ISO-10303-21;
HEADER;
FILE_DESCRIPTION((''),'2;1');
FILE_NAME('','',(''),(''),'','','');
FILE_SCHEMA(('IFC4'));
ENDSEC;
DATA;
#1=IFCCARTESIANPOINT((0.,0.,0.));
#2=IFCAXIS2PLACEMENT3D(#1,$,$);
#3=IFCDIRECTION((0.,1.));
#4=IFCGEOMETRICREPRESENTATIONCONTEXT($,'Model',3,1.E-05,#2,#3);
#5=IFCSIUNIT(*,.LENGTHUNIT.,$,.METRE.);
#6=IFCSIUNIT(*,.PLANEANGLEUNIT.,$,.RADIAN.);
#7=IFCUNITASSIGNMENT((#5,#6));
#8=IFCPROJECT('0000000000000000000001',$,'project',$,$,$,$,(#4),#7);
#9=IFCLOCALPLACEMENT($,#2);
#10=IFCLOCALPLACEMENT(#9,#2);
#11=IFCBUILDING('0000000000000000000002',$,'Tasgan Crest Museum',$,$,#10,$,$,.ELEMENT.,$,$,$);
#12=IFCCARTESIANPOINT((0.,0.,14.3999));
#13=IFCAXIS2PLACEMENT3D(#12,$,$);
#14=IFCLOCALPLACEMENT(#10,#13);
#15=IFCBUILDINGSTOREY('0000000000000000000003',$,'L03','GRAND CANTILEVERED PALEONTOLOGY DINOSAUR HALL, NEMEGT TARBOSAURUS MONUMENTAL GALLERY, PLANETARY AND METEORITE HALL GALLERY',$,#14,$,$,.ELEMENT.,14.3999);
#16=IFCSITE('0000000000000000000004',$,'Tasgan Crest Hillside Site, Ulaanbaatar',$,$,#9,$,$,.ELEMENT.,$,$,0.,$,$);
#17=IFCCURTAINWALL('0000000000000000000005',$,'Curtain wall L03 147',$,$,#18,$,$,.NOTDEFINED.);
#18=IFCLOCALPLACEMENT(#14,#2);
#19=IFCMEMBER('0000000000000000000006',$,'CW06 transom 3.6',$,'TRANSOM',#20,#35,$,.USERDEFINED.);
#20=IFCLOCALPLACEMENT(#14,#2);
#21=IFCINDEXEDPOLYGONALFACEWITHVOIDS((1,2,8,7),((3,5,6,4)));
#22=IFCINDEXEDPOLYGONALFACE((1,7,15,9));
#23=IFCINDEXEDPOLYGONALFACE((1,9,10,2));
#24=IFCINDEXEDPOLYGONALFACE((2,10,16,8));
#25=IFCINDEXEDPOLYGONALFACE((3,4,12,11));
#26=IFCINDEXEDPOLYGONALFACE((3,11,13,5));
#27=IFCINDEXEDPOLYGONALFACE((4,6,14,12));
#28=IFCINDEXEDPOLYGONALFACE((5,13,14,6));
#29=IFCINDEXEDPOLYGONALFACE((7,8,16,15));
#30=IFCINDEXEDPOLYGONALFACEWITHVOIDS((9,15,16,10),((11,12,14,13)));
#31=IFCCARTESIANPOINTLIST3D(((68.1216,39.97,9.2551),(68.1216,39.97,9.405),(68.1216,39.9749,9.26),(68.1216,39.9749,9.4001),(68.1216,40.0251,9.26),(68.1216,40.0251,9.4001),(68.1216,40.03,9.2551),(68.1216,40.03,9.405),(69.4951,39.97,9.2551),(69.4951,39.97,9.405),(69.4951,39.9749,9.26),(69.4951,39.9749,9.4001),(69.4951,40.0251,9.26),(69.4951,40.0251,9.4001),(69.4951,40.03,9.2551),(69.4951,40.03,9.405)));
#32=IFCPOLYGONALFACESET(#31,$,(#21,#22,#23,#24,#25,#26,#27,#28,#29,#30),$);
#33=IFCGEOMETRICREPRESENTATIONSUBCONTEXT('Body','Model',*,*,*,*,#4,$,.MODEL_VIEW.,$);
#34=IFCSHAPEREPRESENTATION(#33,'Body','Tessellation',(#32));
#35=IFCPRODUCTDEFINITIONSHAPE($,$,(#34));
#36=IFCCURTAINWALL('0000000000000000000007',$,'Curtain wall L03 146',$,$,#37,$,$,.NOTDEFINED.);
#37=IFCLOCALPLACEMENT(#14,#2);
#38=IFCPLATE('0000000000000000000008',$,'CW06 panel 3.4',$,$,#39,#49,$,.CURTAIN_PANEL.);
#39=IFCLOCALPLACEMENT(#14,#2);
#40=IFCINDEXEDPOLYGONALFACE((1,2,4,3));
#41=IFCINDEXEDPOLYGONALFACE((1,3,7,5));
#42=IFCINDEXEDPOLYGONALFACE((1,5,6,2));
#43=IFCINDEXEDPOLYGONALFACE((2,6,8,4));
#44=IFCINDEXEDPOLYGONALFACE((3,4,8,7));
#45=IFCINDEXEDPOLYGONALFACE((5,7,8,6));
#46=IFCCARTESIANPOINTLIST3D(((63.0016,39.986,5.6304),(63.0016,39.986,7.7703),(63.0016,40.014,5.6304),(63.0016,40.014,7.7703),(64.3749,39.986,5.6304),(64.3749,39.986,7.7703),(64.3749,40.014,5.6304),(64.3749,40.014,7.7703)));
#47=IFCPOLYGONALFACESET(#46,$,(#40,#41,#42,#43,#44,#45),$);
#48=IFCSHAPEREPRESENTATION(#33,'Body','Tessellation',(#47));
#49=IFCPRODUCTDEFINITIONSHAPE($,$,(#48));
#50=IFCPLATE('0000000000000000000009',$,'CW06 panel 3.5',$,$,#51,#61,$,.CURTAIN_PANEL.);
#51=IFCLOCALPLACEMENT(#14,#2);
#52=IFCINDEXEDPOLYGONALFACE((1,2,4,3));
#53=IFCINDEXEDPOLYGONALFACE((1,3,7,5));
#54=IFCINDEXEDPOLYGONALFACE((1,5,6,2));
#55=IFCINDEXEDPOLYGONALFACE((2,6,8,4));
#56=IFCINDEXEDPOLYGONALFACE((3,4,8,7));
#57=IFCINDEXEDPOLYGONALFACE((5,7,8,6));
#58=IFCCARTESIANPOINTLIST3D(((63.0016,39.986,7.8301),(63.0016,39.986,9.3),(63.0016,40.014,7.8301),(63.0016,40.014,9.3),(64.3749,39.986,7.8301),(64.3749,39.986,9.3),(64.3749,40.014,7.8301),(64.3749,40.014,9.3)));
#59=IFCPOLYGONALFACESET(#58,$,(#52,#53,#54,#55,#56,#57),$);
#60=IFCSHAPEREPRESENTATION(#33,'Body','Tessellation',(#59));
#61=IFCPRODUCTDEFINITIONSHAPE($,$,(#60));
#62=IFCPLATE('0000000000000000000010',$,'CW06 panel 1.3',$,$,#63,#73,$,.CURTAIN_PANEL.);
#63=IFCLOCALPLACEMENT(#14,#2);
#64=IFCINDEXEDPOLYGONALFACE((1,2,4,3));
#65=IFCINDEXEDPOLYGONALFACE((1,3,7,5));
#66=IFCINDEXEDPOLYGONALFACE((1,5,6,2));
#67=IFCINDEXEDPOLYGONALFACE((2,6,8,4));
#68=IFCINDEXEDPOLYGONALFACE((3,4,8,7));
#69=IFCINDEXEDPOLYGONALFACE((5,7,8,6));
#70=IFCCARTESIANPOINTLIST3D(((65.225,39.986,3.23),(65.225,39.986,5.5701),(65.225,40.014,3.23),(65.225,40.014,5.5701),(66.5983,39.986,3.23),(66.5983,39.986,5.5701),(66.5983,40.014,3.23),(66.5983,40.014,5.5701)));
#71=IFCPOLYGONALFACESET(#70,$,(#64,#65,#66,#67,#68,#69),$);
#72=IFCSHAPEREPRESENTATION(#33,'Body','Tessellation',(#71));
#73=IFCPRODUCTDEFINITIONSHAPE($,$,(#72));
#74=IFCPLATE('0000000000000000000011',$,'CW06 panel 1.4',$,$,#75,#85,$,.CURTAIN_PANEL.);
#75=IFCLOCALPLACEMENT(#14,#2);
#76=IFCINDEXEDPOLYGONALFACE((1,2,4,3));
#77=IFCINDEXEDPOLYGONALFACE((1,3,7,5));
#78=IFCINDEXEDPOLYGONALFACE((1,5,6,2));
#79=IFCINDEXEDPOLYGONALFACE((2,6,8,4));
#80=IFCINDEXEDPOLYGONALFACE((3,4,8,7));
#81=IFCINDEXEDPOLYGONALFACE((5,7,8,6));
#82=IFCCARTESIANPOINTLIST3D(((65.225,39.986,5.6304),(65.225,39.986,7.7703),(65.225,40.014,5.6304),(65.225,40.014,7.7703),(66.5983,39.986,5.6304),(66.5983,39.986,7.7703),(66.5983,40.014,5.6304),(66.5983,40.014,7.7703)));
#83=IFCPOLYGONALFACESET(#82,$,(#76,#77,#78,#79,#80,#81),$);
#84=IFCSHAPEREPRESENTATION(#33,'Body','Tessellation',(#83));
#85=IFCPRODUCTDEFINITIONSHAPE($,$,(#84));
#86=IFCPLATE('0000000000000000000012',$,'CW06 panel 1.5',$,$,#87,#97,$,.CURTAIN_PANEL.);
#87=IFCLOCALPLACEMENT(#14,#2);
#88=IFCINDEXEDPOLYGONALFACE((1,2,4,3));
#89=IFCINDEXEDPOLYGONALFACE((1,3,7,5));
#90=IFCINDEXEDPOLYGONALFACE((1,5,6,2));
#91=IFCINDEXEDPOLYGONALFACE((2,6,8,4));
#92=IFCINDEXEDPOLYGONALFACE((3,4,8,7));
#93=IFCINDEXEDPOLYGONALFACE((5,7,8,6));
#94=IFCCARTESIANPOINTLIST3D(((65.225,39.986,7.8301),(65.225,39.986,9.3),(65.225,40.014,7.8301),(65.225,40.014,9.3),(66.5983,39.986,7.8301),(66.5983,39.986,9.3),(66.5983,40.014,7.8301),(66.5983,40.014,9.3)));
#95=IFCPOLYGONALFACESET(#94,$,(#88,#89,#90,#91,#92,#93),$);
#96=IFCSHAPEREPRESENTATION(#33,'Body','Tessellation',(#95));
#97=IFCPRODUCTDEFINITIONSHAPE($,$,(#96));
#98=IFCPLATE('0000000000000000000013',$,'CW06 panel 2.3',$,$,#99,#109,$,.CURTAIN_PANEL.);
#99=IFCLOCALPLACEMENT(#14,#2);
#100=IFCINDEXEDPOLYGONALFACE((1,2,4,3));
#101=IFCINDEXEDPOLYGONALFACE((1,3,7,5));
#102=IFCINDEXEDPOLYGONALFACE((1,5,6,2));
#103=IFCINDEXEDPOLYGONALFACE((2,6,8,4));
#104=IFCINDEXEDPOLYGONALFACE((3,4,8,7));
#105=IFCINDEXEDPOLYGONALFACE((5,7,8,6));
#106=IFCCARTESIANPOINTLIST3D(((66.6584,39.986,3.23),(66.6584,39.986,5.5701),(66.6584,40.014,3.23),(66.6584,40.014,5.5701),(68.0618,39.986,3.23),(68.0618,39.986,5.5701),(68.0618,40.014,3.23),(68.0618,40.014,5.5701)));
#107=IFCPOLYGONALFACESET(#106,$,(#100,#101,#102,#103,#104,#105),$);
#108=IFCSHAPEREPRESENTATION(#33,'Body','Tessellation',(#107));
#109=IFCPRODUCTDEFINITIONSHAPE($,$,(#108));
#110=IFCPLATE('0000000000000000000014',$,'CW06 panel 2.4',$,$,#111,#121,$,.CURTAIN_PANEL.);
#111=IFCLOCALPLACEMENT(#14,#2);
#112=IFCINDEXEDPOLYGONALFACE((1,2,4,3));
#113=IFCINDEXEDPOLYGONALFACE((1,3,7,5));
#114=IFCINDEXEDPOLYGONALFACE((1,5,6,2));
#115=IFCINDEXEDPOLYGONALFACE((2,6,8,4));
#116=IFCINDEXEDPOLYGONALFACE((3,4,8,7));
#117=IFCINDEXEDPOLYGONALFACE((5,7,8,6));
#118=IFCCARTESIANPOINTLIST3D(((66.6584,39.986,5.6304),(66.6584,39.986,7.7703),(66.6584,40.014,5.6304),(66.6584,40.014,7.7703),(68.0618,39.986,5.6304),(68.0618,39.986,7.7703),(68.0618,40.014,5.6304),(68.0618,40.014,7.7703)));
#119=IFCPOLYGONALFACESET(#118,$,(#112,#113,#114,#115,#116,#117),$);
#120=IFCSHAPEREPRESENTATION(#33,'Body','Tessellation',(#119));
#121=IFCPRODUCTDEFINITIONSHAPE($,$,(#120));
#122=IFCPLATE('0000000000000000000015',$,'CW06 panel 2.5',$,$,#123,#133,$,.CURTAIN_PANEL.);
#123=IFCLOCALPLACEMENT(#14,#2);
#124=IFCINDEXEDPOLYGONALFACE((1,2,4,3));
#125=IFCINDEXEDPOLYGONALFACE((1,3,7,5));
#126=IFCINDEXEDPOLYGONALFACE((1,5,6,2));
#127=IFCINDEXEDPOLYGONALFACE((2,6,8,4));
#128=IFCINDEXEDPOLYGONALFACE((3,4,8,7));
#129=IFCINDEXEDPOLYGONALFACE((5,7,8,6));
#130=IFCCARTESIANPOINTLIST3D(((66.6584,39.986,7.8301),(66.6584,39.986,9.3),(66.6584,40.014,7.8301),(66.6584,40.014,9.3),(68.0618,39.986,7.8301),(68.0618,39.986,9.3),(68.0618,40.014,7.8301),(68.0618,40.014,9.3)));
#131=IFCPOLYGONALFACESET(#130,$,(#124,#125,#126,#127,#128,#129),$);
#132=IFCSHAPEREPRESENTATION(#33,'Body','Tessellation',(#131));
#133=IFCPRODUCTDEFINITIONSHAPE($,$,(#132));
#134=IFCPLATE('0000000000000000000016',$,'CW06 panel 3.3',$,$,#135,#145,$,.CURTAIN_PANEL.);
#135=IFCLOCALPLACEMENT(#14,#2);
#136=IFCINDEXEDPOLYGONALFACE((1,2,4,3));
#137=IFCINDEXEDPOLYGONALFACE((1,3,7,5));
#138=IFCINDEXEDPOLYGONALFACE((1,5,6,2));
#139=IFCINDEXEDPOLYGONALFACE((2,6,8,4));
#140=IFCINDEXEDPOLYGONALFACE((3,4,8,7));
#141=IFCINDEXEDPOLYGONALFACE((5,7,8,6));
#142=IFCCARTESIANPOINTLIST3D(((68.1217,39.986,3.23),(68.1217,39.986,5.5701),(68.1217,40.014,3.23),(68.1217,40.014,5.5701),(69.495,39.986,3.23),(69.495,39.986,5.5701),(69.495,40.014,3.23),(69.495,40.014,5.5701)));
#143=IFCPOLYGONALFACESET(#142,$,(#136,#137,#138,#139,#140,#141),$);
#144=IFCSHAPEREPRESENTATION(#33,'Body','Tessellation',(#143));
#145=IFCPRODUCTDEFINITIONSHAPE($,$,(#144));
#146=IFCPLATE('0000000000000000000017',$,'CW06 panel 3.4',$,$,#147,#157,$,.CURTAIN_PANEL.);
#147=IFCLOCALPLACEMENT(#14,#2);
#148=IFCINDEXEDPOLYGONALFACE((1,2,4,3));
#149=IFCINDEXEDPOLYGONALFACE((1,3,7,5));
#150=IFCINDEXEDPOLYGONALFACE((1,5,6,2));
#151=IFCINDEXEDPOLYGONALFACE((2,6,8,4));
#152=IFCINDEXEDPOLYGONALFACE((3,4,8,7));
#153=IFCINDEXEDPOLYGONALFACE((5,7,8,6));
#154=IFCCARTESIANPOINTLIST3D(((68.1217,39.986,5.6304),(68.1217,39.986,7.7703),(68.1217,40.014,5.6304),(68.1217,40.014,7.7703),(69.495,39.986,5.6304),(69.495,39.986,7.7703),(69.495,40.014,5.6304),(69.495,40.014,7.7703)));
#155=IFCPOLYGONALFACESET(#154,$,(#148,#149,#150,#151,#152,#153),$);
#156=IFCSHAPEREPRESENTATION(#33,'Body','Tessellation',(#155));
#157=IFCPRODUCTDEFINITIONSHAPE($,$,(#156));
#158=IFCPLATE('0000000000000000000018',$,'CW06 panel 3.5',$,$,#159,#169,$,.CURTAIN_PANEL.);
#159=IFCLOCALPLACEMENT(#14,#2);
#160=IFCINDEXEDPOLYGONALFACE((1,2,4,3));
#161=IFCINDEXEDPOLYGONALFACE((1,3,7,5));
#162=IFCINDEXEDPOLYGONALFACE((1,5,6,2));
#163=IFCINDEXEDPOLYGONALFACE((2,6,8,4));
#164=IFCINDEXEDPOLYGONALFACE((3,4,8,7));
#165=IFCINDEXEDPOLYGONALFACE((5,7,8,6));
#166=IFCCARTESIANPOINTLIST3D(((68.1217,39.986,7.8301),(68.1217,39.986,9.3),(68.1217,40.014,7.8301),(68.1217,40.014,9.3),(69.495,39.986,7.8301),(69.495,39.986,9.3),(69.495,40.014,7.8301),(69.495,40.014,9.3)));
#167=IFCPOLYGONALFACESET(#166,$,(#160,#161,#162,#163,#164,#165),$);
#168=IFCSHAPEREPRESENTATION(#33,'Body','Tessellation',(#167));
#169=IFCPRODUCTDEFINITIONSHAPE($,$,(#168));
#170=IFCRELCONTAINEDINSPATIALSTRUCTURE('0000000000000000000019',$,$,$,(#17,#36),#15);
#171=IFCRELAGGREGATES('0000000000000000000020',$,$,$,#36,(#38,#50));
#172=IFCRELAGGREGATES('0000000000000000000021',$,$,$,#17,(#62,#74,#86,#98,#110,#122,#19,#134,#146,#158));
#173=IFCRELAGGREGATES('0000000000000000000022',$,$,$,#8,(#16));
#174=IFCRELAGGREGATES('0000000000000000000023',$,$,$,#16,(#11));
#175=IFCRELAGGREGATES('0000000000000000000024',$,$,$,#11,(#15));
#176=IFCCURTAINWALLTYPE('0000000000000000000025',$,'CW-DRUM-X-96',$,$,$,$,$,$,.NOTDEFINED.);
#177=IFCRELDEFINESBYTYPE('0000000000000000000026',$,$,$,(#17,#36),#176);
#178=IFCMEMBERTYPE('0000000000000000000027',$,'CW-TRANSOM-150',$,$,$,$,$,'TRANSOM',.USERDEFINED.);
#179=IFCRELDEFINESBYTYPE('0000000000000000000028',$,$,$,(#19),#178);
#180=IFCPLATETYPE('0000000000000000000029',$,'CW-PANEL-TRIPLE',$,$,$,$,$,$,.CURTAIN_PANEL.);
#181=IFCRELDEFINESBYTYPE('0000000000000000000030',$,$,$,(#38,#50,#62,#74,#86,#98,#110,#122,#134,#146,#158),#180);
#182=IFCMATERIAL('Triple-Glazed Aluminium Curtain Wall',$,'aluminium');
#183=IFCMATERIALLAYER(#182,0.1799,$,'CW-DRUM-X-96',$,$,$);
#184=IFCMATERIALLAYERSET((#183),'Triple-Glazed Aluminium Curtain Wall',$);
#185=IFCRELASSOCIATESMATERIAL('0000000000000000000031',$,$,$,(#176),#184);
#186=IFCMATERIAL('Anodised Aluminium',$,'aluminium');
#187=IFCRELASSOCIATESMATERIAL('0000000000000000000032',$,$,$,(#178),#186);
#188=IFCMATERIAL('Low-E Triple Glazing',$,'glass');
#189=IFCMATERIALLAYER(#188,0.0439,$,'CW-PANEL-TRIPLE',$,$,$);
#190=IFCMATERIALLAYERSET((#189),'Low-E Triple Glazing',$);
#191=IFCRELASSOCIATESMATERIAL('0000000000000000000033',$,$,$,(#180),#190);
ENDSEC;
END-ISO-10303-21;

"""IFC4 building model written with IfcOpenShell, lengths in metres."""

from ifc_helpers import new_model, si_unit, direction, frame, origin, origin_2d, place, context, subcontext, project, spatial, rectangle, hollow_rectangle, extrude, material, layer, layer_set, material_profile, profile_set, type_object, element, aggregate, save


model = new_model("IFC4")

# Units and contexts
model_context = context("Model", 3, precision=1e-05, world=origin(), true_north=direction((0.0, 1.0)))
body_context = subcontext(model_context, "Body", "Model", "MODEL_VIEW")
ifc_project = project(units=[si_unit("LENGTHUNIT", "METRE"), si_unit("PLANEANGLEUNIT", "RADIAN")], contexts=[model_context])

# Site, building, storey
site_placement = place(None, origin())
site = spatial("IfcSite", under=ifc_project, at=site_placement, Name="Tasgan Crest Hillside Site, Ulaanbaatar", CompositionType="ELEMENT", RefElevation=0.0)
building_placement = place(site_placement, origin())
building = spatial("IfcBuilding", under=site, at=building_placement, Name="Tasgan Crest Museum", CompositionType="ELEMENT")
storey_placement = place(building_placement, frame((0.0, 0.0, 14.3999)))
storey = spatial("IfcBuildingStorey", under=building, at=storey_placement, Name="L03", Description="GRAND CANTILEVERED PALEONTOLOGY DINOSAUR HALL, NEMEGT TARBOSAURUS MONUMENTAL GALLERY, PLANETARY AND METEORITE HALL GALLERY", CompositionType="ELEMENT", Elevation=14.3999)

# Curtain wall, member
ifc_material_1 = material(Name="Triple-Glazed Aluminium Curtain Wall", Category="aluminium")
ifc_layer_1 = layer(ifc_material_1, 0.1799, Name="CW-DRUM-X-96")
ifc_layer_set_1 = layer_set([ifc_layer_1], Name="Triple-Glazed Aluminium Curtain Wall")
curtain_wall_type = type_object("IfcCurtainWallType", Name="CW-DRUM-X-96", PredefinedType="NOTDEFINED", material=ifc_layer_set_1)
curtain_wall_1_placement = place(storey_placement, origin())
curtain_wall_1 = element("IfcCurtainWall", 1, at=curtain_wall_1_placement, inside=storey, type_object=curtain_wall_type, Name="Curtain wall L03 147", PredefinedType="NOTDEFINED")
ifc_material_2 = material(Name="Anodised Aluminium", Category="aluminium")
ifc_material_profile = material_profile(ifc_material_2, hollow_rectangle(XDim=0.0601, YDim=0.1499, WallThickness=0.0049, at=origin_2d()), Name="ALU TRANSOM 150x60x5")
ifc_profile_set = profile_set([ifc_material_profile], Name="Anodised Aluminium")
member_type = type_object("IfcMemberType", Name="CW-TRANSOM-150", ElementType="TRANSOM", PredefinedType="USERDEFINED", material=ifc_profile_set)
member_1_placement = place(storey_placement, frame((68.1216, 40.0, 9.3301), z_axis=(1.0, 0.0, 0.0), x_axis=(0.0, 1.0, 0.0)))
member_1 = element("IfcMember", 2, at=member_1_placement, type_object=member_type, Name="CW06 transom 3.6", ObjectType="TRANSOM", PredefinedType="USERDEFINED", context=body_context, shape_type="SweptSolid", body=[
    extrude(hollow_rectangle(XDim=0.0601, YDim=0.1499, WallThickness=0.0049, at=origin_2d()), origin(), (0.0, 0.0, 1.0), 1.3735),
])

# Curtain wall, plates
curtain_wall_2_placement = place(storey_placement, origin())
curtain_wall_2 = element("IfcCurtainWall", 3, at=curtain_wall_2_placement, inside=storey, type_object=curtain_wall_type, Name="Curtain wall L03 146", PredefinedType="NOTDEFINED")
ifc_material_3 = material(Name="Low-E Triple Glazing", Category="glass")
ifc_layer_2 = layer(ifc_material_3, 0.0439, Name="CW-PANEL-TRIPLE")
ifc_layer_set_2 = layer_set([ifc_layer_2], Name="Low-E Triple Glazing")
plate_type = type_object("IfcPlateType", Name="CW-PANEL-TRIPLE", PredefinedType="CURTAIN_PANEL", material=ifc_layer_set_2)
plate_1_placement = place(storey_placement, frame((63.6882, 40.0, 5.6304), z_axis=(0.0, 0.0, 1.0), x_axis=(1.0, 0.0, 0.0)))
plate_1 = element("IfcPlate", 4, at=plate_1_placement, type_object=plate_type, Name="CW06 panel 3.4", PredefinedType="CURTAIN_PANEL", context=body_context, shape_type="SweptSolid", body=[
    extrude(rectangle(XDim=1.3733, YDim=0.0281, at=origin_2d()), origin(), (0.0, 0.0, 1.0), 2.1399),
])
plate_2_placement = place(storey_placement, frame((63.6882, 40.0, 7.8301), z_axis=(0.0, 0.0, 1.0), x_axis=(1.0, 0.0, 0.0)))
plate_2 = element("IfcPlate", 5, at=plate_2_placement, type_object=plate_type, Name="CW06 panel 3.5", PredefinedType="CURTAIN_PANEL", context=body_context, shape_type="SweptSolid", body=[
    extrude(rectangle(XDim=1.3733, YDim=0.0281, at=origin_2d()), origin(), (0.0, 0.0, 1.0), 1.47),
])
aggregate(curtain_wall_2, [plate_1, plate_2])

# Plates
plate_3_placement = place(storey_placement, frame((65.9116, 40.0, 3.23), z_axis=(0.0, 0.0, 1.0), x_axis=(1.0, 0.0, 0.0)))
plate_3 = element("IfcPlate", 6, at=plate_3_placement, type_object=plate_type, Name="CW06 panel 1.3", PredefinedType="CURTAIN_PANEL", context=body_context, shape_type="SweptSolid", body=[
    extrude(rectangle(XDim=1.3733, YDim=0.0281, at=origin_2d()), origin(), (0.0, 0.0, 1.0), 2.3401),
])
plate_4_placement = place(storey_placement, frame((65.9116, 40.0, 5.6304), z_axis=(0.0, 0.0, 1.0), x_axis=(1.0, 0.0, 0.0)))
plate_4 = element("IfcPlate", 7, at=plate_4_placement, type_object=plate_type, Name="CW06 panel 1.4", PredefinedType="CURTAIN_PANEL", context=body_context, shape_type="SweptSolid", body=[
    extrude(rectangle(XDim=1.3733, YDim=0.0281, at=origin_2d()), origin(), (0.0, 0.0, 1.0), 2.1399),
])
plate_5_placement = place(storey_placement, frame((65.9116, 40.0, 7.8301), z_axis=(0.0, 0.0, 1.0), x_axis=(1.0, 0.0, 0.0)))
plate_5 = element("IfcPlate", 8, at=plate_5_placement, type_object=plate_type, Name="CW06 panel 1.5", PredefinedType="CURTAIN_PANEL", context=body_context, shape_type="SweptSolid", body=[
    extrude(rectangle(XDim=1.3733, YDim=0.0281, at=origin_2d()), origin(), (0.0, 0.0, 1.0), 1.47),
])
plate_6_placement = place(storey_placement, frame((67.3601, 40.0, 3.23), z_axis=(0.0, 0.0, 1.0), x_axis=(1.0, 0.0, 0.0)))
plate_6 = element("IfcPlate", 9, at=plate_6_placement, type_object=plate_type, Name="CW06 panel 2.3", PredefinedType="CURTAIN_PANEL", context=body_context, shape_type="SweptSolid", body=[
    extrude(rectangle(XDim=1.4033, YDim=0.0281, at=origin_2d()), origin(), (0.0, 0.0, 1.0), 2.3401),
])
plate_7_placement = place(storey_placement, frame((67.3601, 40.0, 5.6304), z_axis=(0.0, 0.0, 1.0), x_axis=(1.0, 0.0, 0.0)))
plate_7 = element("IfcPlate", 10, at=plate_7_placement, type_object=plate_type, Name="CW06 panel 2.4", PredefinedType="CURTAIN_PANEL", context=body_context, shape_type="SweptSolid", body=[
    extrude(rectangle(XDim=1.4033, YDim=0.0281, at=origin_2d()), origin(), (0.0, 0.0, 1.0), 2.1399),
])
plate_8_placement = place(storey_placement, frame((67.3601, 40.0, 7.8301), z_axis=(0.0, 0.0, 1.0), x_axis=(1.0, 0.0, 0.0)))
plate_8 = element("IfcPlate", 11, at=plate_8_placement, type_object=plate_type, Name="CW06 panel 2.5", PredefinedType="CURTAIN_PANEL", context=body_context, shape_type="SweptSolid", body=[
    extrude(rectangle(XDim=1.4033, YDim=0.0281, at=origin_2d()), origin(), (0.0, 0.0, 1.0), 1.47),
])
plate_9_placement = place(storey_placement, frame((68.8083, 40.0, 3.23), z_axis=(0.0, 0.0, 1.0), x_axis=(1.0, 0.0, 0.0)))
plate_9 = element("IfcPlate", 12, at=plate_9_placement, type_object=plate_type, Name="CW06 panel 3.3", PredefinedType="CURTAIN_PANEL", context=body_context, shape_type="SweptSolid", body=[
    extrude(rectangle(XDim=1.3733, YDim=0.0281, at=origin_2d()), origin(), (0.0, 0.0, 1.0), 2.3401),
])
plate_10_placement = place(storey_placement, frame((68.8083, 40.0, 5.6304), z_axis=(0.0, 0.0, 1.0), x_axis=(1.0, 0.0, 0.0)))
plate_10 = element("IfcPlate", 13, at=plate_10_placement, type_object=plate_type, Name="CW06 panel 3.4", PredefinedType="CURTAIN_PANEL", context=body_context, shape_type="SweptSolid", body=[
    extrude(rectangle(XDim=1.3733, YDim=0.0281, at=origin_2d()), origin(), (0.0, 0.0, 1.0), 2.1399),
])
plate_11_placement = place(storey_placement, frame((68.8083, 40.0, 7.8301), z_axis=(0.0, 0.0, 1.0), x_axis=(1.0, 0.0, 0.0)))
plate_11 = element("IfcPlate", 14, at=plate_11_placement, type_object=plate_type, Name="CW06 panel 3.5", PredefinedType="CURTAIN_PANEL", context=body_context, shape_type="SweptSolid", body=[
    extrude(rectangle(XDim=1.3733, YDim=0.0281, at=origin_2d()), origin(), (0.0, 0.0, 1.0), 1.47),
])
aggregate(curtain_wall_1, [plate_3, plate_4, plate_5, plate_6, plate_7, plate_8, member_1, plate_9, plate_10, plate_11])

save(model, "model.ifc")
